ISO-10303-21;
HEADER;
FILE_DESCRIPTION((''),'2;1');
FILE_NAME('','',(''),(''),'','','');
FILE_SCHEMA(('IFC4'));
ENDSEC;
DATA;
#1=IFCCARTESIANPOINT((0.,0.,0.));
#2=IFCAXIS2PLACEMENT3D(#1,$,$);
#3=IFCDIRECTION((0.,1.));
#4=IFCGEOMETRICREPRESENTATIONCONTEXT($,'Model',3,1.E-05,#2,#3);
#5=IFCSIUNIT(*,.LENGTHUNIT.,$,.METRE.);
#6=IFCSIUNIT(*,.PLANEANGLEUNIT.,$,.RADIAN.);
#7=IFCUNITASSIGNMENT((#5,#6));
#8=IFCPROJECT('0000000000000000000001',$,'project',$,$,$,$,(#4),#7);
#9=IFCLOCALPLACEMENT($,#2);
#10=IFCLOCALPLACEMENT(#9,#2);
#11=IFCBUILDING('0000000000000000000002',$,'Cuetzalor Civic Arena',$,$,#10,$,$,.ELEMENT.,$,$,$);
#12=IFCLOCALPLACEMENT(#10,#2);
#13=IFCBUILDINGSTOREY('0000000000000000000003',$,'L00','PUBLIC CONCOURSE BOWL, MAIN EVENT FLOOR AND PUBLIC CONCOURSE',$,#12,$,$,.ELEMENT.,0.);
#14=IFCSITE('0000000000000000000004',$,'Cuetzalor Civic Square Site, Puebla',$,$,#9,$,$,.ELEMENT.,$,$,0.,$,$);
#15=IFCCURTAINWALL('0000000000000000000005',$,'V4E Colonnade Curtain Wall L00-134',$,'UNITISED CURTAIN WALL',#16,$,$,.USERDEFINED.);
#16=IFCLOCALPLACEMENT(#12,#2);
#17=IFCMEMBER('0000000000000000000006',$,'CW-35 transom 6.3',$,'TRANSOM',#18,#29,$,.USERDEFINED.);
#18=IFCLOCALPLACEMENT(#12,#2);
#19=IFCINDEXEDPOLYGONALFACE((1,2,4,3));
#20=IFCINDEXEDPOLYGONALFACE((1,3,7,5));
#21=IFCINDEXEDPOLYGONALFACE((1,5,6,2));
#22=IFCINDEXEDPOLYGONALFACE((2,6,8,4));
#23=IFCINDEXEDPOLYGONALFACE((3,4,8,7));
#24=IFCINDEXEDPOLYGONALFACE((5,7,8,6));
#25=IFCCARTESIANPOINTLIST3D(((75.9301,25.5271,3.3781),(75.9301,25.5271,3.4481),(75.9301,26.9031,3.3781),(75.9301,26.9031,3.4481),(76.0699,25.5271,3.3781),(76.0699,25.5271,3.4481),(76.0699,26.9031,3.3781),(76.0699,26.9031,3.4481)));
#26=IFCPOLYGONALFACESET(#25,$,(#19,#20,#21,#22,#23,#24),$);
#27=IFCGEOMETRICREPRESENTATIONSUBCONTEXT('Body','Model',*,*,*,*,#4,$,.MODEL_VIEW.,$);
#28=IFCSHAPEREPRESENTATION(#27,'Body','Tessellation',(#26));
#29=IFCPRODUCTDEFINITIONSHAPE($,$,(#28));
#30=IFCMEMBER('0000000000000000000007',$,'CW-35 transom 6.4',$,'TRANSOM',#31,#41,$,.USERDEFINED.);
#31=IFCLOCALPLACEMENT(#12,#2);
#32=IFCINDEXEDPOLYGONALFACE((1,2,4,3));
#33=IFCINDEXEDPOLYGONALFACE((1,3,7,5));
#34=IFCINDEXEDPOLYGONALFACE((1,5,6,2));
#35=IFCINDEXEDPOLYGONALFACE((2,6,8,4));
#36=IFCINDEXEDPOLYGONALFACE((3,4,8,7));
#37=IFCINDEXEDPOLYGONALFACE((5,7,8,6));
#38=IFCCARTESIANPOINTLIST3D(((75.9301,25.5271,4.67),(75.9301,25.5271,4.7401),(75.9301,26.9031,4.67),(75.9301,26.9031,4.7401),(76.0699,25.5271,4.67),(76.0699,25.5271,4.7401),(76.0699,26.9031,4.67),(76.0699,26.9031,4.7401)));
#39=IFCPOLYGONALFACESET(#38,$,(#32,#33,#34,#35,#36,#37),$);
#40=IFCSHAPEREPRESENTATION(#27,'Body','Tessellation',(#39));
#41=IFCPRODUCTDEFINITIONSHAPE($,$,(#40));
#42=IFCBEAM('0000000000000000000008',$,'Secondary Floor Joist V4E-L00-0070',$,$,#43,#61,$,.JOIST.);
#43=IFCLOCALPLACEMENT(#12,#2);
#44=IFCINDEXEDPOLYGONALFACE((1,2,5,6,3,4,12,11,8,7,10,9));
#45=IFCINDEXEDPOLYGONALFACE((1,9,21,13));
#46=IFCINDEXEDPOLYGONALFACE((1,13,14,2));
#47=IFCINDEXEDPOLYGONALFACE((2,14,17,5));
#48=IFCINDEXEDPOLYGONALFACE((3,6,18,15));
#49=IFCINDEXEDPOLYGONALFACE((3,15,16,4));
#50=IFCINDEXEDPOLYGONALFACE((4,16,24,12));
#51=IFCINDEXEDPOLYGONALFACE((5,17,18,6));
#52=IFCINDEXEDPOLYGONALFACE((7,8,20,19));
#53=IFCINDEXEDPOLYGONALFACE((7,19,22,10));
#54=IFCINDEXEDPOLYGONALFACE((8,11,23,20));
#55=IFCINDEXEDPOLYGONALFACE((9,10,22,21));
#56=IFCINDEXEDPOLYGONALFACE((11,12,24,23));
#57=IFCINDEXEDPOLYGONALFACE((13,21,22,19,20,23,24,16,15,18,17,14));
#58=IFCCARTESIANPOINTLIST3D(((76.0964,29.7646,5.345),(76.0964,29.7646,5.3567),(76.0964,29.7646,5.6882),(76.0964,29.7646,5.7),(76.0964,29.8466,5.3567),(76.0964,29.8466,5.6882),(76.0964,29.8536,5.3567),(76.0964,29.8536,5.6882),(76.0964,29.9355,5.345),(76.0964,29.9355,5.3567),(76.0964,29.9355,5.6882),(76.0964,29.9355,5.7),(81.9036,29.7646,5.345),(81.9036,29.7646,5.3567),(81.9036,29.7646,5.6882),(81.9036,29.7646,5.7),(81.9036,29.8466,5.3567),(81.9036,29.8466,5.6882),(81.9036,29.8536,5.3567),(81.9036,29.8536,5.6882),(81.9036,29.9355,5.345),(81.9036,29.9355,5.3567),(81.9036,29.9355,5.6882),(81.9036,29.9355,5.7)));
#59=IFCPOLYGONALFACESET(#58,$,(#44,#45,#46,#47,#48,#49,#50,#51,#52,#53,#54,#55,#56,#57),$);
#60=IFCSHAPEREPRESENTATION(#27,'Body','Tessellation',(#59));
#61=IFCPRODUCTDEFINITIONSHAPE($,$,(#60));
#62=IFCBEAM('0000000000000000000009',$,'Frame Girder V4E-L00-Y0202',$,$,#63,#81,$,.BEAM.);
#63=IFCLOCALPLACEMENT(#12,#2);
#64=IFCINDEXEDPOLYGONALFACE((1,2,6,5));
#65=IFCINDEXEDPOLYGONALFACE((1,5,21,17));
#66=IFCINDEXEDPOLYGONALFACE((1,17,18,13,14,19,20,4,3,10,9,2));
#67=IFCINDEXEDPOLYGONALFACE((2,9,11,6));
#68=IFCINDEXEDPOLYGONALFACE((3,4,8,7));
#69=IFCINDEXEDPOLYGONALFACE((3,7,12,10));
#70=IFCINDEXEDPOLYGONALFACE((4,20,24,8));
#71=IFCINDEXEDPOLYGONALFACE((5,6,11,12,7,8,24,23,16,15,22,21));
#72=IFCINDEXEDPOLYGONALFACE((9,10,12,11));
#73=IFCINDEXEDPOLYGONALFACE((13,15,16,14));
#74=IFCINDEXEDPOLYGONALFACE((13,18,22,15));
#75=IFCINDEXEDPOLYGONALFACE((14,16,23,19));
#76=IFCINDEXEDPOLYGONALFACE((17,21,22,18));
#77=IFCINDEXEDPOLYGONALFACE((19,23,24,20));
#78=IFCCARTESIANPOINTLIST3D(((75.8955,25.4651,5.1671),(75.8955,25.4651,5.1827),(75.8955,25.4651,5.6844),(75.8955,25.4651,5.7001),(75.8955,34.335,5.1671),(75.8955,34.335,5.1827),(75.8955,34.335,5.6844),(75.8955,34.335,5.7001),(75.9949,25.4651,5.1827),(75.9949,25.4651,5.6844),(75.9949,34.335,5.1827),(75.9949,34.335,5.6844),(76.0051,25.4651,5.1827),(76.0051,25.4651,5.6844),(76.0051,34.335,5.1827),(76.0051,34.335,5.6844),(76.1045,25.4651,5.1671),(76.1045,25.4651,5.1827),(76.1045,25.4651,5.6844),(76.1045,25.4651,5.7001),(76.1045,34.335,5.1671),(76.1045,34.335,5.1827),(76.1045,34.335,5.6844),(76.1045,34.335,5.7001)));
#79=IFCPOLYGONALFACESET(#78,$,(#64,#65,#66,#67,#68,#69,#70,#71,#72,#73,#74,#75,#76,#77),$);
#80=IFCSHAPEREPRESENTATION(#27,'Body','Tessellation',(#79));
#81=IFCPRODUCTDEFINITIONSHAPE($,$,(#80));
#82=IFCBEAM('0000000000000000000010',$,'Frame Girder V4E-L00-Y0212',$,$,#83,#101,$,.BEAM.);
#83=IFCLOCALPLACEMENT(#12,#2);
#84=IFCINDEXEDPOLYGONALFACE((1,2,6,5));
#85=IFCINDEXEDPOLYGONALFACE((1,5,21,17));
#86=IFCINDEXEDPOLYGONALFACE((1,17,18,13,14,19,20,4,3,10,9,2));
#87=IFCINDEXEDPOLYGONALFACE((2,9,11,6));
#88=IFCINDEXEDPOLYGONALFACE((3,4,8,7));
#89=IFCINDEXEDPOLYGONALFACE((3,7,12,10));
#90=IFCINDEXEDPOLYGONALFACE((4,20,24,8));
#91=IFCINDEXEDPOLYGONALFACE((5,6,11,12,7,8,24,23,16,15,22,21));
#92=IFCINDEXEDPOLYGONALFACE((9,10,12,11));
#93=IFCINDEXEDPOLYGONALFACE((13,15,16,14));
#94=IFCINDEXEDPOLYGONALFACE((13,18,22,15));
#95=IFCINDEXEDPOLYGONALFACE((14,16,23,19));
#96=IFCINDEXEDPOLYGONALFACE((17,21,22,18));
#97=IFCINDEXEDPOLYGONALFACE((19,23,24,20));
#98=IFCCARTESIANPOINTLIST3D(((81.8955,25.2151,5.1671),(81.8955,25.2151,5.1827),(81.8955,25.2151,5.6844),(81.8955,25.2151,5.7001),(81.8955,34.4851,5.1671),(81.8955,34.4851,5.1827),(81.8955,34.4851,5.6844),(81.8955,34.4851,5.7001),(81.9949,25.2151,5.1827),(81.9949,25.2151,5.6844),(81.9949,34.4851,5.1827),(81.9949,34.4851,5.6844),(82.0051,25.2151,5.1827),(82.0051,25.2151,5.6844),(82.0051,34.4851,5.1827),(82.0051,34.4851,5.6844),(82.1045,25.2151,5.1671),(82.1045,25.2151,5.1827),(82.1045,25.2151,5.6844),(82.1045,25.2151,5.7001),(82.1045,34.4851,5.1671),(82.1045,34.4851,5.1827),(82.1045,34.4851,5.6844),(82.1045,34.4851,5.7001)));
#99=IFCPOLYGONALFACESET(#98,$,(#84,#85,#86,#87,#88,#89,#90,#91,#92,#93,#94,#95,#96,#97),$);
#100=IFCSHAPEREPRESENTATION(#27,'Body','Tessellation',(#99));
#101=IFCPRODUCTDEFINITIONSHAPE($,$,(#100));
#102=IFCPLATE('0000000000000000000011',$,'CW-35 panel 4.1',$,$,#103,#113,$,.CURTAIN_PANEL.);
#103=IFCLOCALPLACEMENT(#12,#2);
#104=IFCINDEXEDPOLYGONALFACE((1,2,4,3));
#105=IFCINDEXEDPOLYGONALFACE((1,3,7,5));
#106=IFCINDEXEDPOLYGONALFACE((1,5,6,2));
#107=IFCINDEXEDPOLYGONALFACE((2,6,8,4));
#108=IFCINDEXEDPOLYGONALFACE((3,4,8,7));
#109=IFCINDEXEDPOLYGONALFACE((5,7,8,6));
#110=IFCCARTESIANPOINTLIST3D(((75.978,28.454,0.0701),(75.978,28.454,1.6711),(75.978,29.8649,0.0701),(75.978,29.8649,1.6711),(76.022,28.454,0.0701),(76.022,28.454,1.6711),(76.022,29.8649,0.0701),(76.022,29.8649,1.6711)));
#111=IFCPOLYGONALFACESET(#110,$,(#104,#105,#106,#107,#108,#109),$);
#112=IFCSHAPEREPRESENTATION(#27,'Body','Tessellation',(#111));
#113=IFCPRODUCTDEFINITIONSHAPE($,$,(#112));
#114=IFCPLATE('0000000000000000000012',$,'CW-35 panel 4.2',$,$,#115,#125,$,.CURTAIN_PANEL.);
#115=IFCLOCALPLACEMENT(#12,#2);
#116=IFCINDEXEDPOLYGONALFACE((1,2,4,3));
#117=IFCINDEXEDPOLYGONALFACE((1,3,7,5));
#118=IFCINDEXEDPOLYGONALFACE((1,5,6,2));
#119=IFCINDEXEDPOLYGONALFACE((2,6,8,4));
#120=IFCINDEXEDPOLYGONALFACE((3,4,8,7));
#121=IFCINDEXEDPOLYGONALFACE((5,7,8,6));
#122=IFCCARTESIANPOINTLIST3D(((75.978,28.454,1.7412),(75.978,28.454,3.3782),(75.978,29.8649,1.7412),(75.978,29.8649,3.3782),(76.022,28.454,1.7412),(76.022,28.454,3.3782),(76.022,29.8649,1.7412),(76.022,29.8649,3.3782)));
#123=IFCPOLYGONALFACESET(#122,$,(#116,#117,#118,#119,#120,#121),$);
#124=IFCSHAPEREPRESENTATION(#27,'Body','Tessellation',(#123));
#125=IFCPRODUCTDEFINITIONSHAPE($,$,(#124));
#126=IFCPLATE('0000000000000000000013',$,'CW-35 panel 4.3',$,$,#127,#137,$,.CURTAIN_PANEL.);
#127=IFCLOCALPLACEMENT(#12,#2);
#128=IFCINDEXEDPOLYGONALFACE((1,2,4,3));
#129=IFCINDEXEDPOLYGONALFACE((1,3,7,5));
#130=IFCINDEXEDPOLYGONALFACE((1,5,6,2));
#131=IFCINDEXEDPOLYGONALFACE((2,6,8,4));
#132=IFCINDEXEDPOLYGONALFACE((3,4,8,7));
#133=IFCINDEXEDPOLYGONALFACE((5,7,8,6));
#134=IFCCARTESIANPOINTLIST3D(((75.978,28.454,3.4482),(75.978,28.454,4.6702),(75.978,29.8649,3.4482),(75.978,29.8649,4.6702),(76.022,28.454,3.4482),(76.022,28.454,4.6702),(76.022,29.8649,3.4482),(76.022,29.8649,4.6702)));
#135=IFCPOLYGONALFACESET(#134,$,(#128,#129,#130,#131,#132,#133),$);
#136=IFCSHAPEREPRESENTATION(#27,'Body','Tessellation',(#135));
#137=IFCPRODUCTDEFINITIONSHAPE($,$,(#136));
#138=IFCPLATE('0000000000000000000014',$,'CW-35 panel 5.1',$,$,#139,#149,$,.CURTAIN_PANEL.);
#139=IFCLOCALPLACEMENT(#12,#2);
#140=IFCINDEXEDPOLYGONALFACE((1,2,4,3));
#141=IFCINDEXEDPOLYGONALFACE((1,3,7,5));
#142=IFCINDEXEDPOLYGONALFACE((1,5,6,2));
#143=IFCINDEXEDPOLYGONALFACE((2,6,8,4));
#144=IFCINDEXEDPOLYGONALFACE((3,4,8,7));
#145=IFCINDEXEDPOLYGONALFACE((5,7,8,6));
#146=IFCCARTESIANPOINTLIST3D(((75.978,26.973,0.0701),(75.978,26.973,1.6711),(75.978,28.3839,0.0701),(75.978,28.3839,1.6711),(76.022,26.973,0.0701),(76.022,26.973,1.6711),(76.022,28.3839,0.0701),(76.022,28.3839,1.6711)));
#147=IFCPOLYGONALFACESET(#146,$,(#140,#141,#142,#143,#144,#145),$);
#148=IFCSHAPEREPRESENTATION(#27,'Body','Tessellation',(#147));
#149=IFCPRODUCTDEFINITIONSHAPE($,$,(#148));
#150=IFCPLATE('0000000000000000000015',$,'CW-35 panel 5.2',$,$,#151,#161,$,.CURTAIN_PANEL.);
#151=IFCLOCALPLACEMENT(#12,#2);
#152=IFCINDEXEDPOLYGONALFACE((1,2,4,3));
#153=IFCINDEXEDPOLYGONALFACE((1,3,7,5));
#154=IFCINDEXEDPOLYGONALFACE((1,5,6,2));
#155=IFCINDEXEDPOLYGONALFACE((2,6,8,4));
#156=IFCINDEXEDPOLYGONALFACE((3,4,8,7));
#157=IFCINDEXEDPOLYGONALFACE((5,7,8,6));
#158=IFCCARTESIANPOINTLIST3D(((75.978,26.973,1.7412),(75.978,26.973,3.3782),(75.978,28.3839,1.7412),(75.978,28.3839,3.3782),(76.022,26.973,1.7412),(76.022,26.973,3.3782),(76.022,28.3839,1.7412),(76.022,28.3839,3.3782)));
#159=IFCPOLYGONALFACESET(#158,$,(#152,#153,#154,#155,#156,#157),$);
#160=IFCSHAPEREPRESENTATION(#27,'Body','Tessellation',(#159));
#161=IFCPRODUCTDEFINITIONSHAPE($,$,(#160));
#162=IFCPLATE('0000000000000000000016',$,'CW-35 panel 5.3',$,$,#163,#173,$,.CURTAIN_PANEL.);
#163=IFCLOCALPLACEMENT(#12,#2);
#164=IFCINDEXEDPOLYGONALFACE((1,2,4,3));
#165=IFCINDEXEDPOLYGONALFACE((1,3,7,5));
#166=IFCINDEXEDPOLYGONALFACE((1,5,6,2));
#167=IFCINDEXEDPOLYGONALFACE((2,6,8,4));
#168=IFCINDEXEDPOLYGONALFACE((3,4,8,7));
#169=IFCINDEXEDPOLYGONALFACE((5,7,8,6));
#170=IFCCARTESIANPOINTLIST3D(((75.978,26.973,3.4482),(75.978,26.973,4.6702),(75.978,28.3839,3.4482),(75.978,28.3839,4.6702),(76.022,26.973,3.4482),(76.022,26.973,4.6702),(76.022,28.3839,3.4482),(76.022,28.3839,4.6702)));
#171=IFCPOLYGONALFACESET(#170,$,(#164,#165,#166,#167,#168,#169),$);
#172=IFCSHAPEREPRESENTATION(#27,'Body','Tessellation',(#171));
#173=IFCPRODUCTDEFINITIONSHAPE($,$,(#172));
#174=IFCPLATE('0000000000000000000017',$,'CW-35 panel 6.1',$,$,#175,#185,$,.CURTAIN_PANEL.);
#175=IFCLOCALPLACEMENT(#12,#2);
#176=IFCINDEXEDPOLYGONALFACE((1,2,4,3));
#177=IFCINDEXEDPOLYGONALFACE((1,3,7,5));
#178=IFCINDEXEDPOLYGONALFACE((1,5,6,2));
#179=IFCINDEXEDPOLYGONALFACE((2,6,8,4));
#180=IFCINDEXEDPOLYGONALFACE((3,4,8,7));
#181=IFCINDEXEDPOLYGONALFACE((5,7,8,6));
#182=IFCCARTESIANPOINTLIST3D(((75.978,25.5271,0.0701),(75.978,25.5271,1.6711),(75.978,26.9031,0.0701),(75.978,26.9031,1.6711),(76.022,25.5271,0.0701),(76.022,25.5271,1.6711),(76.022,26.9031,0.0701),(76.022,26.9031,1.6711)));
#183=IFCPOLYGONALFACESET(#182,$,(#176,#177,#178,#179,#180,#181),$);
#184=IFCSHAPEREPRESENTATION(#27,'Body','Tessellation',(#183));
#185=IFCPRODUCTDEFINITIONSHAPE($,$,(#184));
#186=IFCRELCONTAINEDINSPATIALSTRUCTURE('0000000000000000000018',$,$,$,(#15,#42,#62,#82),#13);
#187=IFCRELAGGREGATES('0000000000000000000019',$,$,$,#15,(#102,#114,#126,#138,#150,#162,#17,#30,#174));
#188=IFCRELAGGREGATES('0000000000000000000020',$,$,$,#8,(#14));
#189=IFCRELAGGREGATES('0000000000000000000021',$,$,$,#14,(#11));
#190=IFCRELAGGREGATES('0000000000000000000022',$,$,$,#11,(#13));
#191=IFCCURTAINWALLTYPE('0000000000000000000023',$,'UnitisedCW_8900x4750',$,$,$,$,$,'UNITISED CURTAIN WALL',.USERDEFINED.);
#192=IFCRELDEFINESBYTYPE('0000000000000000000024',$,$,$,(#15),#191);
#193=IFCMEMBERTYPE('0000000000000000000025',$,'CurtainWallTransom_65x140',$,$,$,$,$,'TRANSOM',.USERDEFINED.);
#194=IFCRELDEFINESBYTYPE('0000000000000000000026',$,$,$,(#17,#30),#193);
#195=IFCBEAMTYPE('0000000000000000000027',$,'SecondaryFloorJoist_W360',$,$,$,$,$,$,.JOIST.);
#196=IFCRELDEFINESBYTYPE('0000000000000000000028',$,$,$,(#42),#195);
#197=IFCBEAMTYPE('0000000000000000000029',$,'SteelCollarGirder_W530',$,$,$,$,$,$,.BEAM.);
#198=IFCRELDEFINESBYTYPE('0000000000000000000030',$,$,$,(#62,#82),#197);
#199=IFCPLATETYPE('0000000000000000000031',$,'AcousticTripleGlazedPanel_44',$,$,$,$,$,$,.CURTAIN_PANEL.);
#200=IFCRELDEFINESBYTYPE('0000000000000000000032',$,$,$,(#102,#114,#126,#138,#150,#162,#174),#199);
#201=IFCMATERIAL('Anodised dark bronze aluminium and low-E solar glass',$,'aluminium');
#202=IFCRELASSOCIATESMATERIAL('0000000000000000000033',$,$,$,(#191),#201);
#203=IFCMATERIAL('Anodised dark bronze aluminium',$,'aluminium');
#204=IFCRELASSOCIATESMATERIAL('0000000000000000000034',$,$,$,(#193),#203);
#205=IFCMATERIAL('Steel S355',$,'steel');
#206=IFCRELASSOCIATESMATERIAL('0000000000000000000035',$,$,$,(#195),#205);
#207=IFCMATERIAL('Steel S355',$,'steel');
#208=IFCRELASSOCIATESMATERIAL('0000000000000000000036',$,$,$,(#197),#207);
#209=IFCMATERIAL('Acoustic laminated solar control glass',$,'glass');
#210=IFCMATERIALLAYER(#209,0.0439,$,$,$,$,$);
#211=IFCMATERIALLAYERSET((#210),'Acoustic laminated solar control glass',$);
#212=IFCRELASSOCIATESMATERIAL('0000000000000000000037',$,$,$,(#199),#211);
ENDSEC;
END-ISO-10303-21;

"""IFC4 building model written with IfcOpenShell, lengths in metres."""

from ifc_helpers import new_model, si_unit, direction, frame, origin, origin_2d, place, context, subcontext, project, spatial, rectangle, i_section, extrude, material, layer, layer_set, material_profile, profile_set, type_object, element, aggregate, save


model = new_model("IFC4")

# Units and contexts
model_context = context("Model", 3, precision=1e-05, world=origin(), true_north=direction((0.0, 1.0)))
body_context = subcontext(model_context, "Body", "Model", "MODEL_VIEW")
ifc_project = project(units=[si_unit("LENGTHUNIT", "METRE"), si_unit("PLANEANGLEUNIT", "RADIAN")], contexts=[model_context])

# Site, building, storey
site_placement = place(None, origin())
site = spatial("IfcSite", under=ifc_project, at=site_placement, Name="Cuetzalor Civic Square Site, Puebla", CompositionType="ELEMENT", RefElevation=0.0)
building_placement = place(site_placement, origin())
building = spatial("IfcBuilding", under=site, at=building_placement, Name="Cuetzalor Civic Arena", CompositionType="ELEMENT")
storey_placement = place(building_placement, origin())
storey = spatial("IfcBuildingStorey", under=building, at=storey_placement, Name="L00", Description="PUBLIC CONCOURSE BOWL, MAIN EVENT FLOOR AND PUBLIC CONCOURSE", CompositionType="ELEMENT", Elevation=0.0)

# Curtain wall
ifc_material_1 = material(Name="Anodised dark bronze aluminium and low-E solar glass", Category="aluminium")
curtain_wall_type_1 = type_object("IfcCurtainWallType", Name="UnitisedCW_8900x4750", ElementType="UNITISED CURTAIN WALL", PredefinedType="USERDEFINED", material=ifc_material_1)
curtain_wall_1_placement = place(storey_placement, origin())
curtain_wall_1 = element("IfcCurtainWall", 1, at=curtain_wall_1_placement, inside=storey, type_object=curtain_wall_type_1, Name="V4E Colonnade Curtain Wall L00-134", ObjectType="UNITISED CURTAIN WALL", PredefinedType="USERDEFINED")

# Members
ifc_material_2 = material(Name="Anodised dark bronze aluminium", Category="aluminium")
ifc_material_profile_1 = material_profile(ifc_material_2, rectangle(XDim=0.1399, YDim=0.0701, at=origin_2d()), Name="ALU TRANSOM 70x140")
ifc_profile_set_1 = profile_set([ifc_material_profile_1], Name="Anodised dark bronze aluminium")
member_type_1 = type_object("IfcMemberType", Name="CurtainWallTransom_65x140", ElementType="TRANSOM", PredefinedType="USERDEFINED", material=ifc_profile_set_1)
member_1_placement = place(storey_placement, frame((76.0, 26.9031, 3.4131), z_axis=(0.0, -1.0, 0.0), x_axis=(1.0, 0.0, 0.0)))
member_1 = element("IfcMember", 2, at=member_1_placement, type_object=member_type_1, Name="CW-35 transom 6.3", ObjectType="TRANSOM", PredefinedType="USERDEFINED", context=body_context, shape_type="SweptSolid", body=[
    extrude(rectangle(XDim=0.1399, YDim=0.0701, at=origin_2d()), origin(), (0.0, 0.0, 1.0), 1.376),
])
member_2_placement = place(storey_placement, frame((76.0, 26.9031, 4.7051), z_axis=(0.0, -1.0, 0.0), x_axis=(1.0, 0.0, 0.0)))
member_2 = element("IfcMember", 3, at=member_2_placement, type_object=member_type_1, Name="CW-35 transom 6.4", ObjectType="TRANSOM", PredefinedType="USERDEFINED", context=body_context, shape_type="SweptSolid", body=[
    extrude(rectangle(XDim=0.1399, YDim=0.0701, at=origin_2d()), origin(), (0.0, 0.0, 1.0), 1.376),
])

# Beams
ifc_material_3 = material(Name="Steel S355", Category="steel")
ifc_material_profile_2 = material_profile(ifc_material_3, i_section(OverallWidth=0.1709, OverallDepth=0.355, WebThickness=0.0071, FlangeThickness=0.0117, at=origin_2d()), Name="W360x51")
ifc_profile_set_2 = profile_set([ifc_material_profile_2], Name="Steel S355")
beam_type_1 = type_object("IfcBeamType", Name="SecondaryFloorJoist_W360", PredefinedType="JOIST", material=ifc_profile_set_2)
beam_1_placement = place(storey_placement, frame((76.0964, 29.8501, 5.5225), z_axis=(1.0, 0.0, 0.0), x_axis=(0.0, 1.0, 0.0)))
element("IfcBeam", 4, at=beam_1_placement, inside=storey, type_object=beam_type_1, Name="Secondary Floor Joist V4E-L00-0070", PredefinedType="JOIST", context=body_context, shape_type="SweptSolid", body=[
    extrude(i_section(OverallWidth=0.1709, OverallDepth=0.355, WebThickness=0.0071, FlangeThickness=0.0117, at=origin_2d()), origin(), (0.0, 0.0, 1.0), 5.8071),
])
ifc_material_4 = material(Name="Steel S355", Category="steel")
ifc_material_profile_3 = material_profile(ifc_material_4, i_section(OverallWidth=0.209, OverallDepth=0.533, WebThickness=0.0103, FlangeThickness=0.0156, at=origin_2d()), Name="W530x92")
ifc_profile_set_3 = profile_set([ifc_material_profile_3], Name="Steel S355")
beam_type_2 = type_object("IfcBeamType", Name="SteelCollarGirder_W530", PredefinedType="BEAM", material=ifc_profile_set_3)
beam_2_placement = place(storey_placement, frame((76.0, 25.4651, 5.4336), z_axis=(0.0, 1.0, 0.0), x_axis=(-1.0, 0.0, 0.0)))
element("IfcBeam", 5, at=beam_2_placement, inside=storey, type_object=beam_type_2, Name="Frame Girder V4E-L00-Y0202", PredefinedType="BEAM", context=body_context, shape_type="SweptSolid", body=[
    extrude(i_section(OverallWidth=0.209, OverallDepth=0.533, WebThickness=0.0103, FlangeThickness=0.0156, at=origin_2d()), origin(), (0.0, 0.0, 1.0), 8.8699),
])
beam_3_placement = place(storey_placement, frame((82.0, 25.2151, 5.4336), z_axis=(0.0, 1.0, 0.0), x_axis=(-1.0, 0.0, 0.0)))
element("IfcBeam", 6, at=beam_3_placement, inside=storey, type_object=beam_type_2, Name="Frame Girder V4E-L00-Y0212", PredefinedType="BEAM", context=body_context, shape_type="SweptSolid", body=[
    extrude(i_section(OverallWidth=0.209, OverallDepth=0.533, WebThickness=0.0103, FlangeThickness=0.0156, at=origin_2d()), origin(), (0.0, 0.0, 1.0), 9.27),
])

# Plates
ifc_material_5 = material(Name="Acoustic laminated solar control glass", Category="glass")
ifc_layer = layer(ifc_material_5, 0.0439)
ifc_layer_set = layer_set([ifc_layer], Name="Acoustic laminated solar control glass")
plate_type = type_object("IfcPlateType", Name="AcousticTripleGlazedPanel_44", PredefinedType="CURTAIN_PANEL", material=ifc_layer_set)
plate_1_placement = place(storey_placement, frame((76.0, 29.1594, 0.0701), z_axis=(0.0, 0.0, 1.0), x_axis=(0.0, -1.0, 0.0)))
plate_1 = element("IfcPlate", 7, at=plate_1_placement, type_object=plate_type, Name="CW-35 panel 4.1", PredefinedType="CURTAIN_PANEL", context=body_context, shape_type="SweptSolid", body=[
    extrude(rectangle(XDim=1.4109, YDim=0.0439, at=origin_2d()), origin(), (0.0, 0.0, 1.0), 1.6011),
])
plate_2_placement = place(storey_placement, frame((76.0, 29.1594, 1.7412), z_axis=(0.0, 0.0, 1.0), x_axis=(0.0, -1.0, 0.0)))
plate_2 = element("IfcPlate", 8, at=plate_2_placement, type_object=plate_type, Name="CW-35 panel 4.2", PredefinedType="CURTAIN_PANEL", context=body_context, shape_type="SweptSolid", body=[
    extrude(rectangle(XDim=1.4109, YDim=0.0439, at=origin_2d()), origin(), (0.0, 0.0, 1.0), 1.637),
])
plate_3_placement = place(storey_placement, frame((76.0, 29.1594, 3.4482), z_axis=(0.0, 0.0, 1.0), x_axis=(0.0, -1.0, 0.0)))
plate_3 = element("IfcPlate", 9, at=plate_3_placement, type_object=plate_type, Name="CW-35 panel 4.3", PredefinedType="CURTAIN_PANEL", context=body_context, shape_type="SweptSolid", body=[
    extrude(rectangle(XDim=1.4109, YDim=0.0439, at=origin_2d()), origin(), (0.0, 0.0, 1.0), 1.2219),
])
plate_4_placement = place(storey_placement, frame((76.0, 27.6785, 0.0701), z_axis=(0.0, 0.0, 1.0), x_axis=(0.0, -1.0, 0.0)))
plate_4 = element("IfcPlate", 10, at=plate_4_placement, type_object=plate_type, Name="CW-35 panel 5.1", PredefinedType="CURTAIN_PANEL", context=body_context, shape_type="SweptSolid", body=[
    extrude(rectangle(XDim=1.4109, YDim=0.0439, at=origin_2d()), origin(), (0.0, 0.0, 1.0), 1.6011),
])
plate_5_placement = place(storey_placement, frame((76.0, 27.6785, 1.7412), z_axis=(0.0, 0.0, 1.0), x_axis=(0.0, -1.0, 0.0)))
plate_5 = element("IfcPlate", 11, at=plate_5_placement, type_object=plate_type, Name="CW-35 panel 5.2", PredefinedType="CURTAIN_PANEL", context=body_context, shape_type="SweptSolid", body=[
    extrude(rectangle(XDim=1.4109, YDim=0.0439, at=origin_2d()), origin(), (0.0, 0.0, 1.0), 1.637),
])
plate_6_placement = place(storey_placement, frame((76.0, 27.6785, 3.4482), z_axis=(0.0, 0.0, 1.0), x_axis=(0.0, -1.0, 0.0)))
plate_6 = element("IfcPlate", 12, at=plate_6_placement, type_object=plate_type, Name="CW-35 panel 5.3", PredefinedType="CURTAIN_PANEL", context=body_context, shape_type="SweptSolid", body=[
    extrude(rectangle(XDim=1.4109, YDim=0.0439, at=origin_2d()), origin(), (0.0, 0.0, 1.0), 1.2219),
])
plate_7_placement = place(storey_placement, frame((76.0, 26.2151, 0.0701), z_axis=(0.0, 0.0, 1.0), x_axis=(0.0, -1.0, 0.0)))
plate_7 = element("IfcPlate", 13, at=plate_7_placement, type_object=plate_type, Name="CW-35 panel 6.1", PredefinedType="CURTAIN_PANEL", context=body_context, shape_type="SweptSolid", body=[
    extrude(rectangle(XDim=1.376, YDim=0.0439, at=origin_2d()), origin(), (0.0, 0.0, 1.0), 1.6011),
])
aggregate(curtain_wall_1, [plate_1, plate_2, plate_3, plate_4, plate_5, plate_6, member_1, member_2, plate_7])

save(model, "model.ifc")
